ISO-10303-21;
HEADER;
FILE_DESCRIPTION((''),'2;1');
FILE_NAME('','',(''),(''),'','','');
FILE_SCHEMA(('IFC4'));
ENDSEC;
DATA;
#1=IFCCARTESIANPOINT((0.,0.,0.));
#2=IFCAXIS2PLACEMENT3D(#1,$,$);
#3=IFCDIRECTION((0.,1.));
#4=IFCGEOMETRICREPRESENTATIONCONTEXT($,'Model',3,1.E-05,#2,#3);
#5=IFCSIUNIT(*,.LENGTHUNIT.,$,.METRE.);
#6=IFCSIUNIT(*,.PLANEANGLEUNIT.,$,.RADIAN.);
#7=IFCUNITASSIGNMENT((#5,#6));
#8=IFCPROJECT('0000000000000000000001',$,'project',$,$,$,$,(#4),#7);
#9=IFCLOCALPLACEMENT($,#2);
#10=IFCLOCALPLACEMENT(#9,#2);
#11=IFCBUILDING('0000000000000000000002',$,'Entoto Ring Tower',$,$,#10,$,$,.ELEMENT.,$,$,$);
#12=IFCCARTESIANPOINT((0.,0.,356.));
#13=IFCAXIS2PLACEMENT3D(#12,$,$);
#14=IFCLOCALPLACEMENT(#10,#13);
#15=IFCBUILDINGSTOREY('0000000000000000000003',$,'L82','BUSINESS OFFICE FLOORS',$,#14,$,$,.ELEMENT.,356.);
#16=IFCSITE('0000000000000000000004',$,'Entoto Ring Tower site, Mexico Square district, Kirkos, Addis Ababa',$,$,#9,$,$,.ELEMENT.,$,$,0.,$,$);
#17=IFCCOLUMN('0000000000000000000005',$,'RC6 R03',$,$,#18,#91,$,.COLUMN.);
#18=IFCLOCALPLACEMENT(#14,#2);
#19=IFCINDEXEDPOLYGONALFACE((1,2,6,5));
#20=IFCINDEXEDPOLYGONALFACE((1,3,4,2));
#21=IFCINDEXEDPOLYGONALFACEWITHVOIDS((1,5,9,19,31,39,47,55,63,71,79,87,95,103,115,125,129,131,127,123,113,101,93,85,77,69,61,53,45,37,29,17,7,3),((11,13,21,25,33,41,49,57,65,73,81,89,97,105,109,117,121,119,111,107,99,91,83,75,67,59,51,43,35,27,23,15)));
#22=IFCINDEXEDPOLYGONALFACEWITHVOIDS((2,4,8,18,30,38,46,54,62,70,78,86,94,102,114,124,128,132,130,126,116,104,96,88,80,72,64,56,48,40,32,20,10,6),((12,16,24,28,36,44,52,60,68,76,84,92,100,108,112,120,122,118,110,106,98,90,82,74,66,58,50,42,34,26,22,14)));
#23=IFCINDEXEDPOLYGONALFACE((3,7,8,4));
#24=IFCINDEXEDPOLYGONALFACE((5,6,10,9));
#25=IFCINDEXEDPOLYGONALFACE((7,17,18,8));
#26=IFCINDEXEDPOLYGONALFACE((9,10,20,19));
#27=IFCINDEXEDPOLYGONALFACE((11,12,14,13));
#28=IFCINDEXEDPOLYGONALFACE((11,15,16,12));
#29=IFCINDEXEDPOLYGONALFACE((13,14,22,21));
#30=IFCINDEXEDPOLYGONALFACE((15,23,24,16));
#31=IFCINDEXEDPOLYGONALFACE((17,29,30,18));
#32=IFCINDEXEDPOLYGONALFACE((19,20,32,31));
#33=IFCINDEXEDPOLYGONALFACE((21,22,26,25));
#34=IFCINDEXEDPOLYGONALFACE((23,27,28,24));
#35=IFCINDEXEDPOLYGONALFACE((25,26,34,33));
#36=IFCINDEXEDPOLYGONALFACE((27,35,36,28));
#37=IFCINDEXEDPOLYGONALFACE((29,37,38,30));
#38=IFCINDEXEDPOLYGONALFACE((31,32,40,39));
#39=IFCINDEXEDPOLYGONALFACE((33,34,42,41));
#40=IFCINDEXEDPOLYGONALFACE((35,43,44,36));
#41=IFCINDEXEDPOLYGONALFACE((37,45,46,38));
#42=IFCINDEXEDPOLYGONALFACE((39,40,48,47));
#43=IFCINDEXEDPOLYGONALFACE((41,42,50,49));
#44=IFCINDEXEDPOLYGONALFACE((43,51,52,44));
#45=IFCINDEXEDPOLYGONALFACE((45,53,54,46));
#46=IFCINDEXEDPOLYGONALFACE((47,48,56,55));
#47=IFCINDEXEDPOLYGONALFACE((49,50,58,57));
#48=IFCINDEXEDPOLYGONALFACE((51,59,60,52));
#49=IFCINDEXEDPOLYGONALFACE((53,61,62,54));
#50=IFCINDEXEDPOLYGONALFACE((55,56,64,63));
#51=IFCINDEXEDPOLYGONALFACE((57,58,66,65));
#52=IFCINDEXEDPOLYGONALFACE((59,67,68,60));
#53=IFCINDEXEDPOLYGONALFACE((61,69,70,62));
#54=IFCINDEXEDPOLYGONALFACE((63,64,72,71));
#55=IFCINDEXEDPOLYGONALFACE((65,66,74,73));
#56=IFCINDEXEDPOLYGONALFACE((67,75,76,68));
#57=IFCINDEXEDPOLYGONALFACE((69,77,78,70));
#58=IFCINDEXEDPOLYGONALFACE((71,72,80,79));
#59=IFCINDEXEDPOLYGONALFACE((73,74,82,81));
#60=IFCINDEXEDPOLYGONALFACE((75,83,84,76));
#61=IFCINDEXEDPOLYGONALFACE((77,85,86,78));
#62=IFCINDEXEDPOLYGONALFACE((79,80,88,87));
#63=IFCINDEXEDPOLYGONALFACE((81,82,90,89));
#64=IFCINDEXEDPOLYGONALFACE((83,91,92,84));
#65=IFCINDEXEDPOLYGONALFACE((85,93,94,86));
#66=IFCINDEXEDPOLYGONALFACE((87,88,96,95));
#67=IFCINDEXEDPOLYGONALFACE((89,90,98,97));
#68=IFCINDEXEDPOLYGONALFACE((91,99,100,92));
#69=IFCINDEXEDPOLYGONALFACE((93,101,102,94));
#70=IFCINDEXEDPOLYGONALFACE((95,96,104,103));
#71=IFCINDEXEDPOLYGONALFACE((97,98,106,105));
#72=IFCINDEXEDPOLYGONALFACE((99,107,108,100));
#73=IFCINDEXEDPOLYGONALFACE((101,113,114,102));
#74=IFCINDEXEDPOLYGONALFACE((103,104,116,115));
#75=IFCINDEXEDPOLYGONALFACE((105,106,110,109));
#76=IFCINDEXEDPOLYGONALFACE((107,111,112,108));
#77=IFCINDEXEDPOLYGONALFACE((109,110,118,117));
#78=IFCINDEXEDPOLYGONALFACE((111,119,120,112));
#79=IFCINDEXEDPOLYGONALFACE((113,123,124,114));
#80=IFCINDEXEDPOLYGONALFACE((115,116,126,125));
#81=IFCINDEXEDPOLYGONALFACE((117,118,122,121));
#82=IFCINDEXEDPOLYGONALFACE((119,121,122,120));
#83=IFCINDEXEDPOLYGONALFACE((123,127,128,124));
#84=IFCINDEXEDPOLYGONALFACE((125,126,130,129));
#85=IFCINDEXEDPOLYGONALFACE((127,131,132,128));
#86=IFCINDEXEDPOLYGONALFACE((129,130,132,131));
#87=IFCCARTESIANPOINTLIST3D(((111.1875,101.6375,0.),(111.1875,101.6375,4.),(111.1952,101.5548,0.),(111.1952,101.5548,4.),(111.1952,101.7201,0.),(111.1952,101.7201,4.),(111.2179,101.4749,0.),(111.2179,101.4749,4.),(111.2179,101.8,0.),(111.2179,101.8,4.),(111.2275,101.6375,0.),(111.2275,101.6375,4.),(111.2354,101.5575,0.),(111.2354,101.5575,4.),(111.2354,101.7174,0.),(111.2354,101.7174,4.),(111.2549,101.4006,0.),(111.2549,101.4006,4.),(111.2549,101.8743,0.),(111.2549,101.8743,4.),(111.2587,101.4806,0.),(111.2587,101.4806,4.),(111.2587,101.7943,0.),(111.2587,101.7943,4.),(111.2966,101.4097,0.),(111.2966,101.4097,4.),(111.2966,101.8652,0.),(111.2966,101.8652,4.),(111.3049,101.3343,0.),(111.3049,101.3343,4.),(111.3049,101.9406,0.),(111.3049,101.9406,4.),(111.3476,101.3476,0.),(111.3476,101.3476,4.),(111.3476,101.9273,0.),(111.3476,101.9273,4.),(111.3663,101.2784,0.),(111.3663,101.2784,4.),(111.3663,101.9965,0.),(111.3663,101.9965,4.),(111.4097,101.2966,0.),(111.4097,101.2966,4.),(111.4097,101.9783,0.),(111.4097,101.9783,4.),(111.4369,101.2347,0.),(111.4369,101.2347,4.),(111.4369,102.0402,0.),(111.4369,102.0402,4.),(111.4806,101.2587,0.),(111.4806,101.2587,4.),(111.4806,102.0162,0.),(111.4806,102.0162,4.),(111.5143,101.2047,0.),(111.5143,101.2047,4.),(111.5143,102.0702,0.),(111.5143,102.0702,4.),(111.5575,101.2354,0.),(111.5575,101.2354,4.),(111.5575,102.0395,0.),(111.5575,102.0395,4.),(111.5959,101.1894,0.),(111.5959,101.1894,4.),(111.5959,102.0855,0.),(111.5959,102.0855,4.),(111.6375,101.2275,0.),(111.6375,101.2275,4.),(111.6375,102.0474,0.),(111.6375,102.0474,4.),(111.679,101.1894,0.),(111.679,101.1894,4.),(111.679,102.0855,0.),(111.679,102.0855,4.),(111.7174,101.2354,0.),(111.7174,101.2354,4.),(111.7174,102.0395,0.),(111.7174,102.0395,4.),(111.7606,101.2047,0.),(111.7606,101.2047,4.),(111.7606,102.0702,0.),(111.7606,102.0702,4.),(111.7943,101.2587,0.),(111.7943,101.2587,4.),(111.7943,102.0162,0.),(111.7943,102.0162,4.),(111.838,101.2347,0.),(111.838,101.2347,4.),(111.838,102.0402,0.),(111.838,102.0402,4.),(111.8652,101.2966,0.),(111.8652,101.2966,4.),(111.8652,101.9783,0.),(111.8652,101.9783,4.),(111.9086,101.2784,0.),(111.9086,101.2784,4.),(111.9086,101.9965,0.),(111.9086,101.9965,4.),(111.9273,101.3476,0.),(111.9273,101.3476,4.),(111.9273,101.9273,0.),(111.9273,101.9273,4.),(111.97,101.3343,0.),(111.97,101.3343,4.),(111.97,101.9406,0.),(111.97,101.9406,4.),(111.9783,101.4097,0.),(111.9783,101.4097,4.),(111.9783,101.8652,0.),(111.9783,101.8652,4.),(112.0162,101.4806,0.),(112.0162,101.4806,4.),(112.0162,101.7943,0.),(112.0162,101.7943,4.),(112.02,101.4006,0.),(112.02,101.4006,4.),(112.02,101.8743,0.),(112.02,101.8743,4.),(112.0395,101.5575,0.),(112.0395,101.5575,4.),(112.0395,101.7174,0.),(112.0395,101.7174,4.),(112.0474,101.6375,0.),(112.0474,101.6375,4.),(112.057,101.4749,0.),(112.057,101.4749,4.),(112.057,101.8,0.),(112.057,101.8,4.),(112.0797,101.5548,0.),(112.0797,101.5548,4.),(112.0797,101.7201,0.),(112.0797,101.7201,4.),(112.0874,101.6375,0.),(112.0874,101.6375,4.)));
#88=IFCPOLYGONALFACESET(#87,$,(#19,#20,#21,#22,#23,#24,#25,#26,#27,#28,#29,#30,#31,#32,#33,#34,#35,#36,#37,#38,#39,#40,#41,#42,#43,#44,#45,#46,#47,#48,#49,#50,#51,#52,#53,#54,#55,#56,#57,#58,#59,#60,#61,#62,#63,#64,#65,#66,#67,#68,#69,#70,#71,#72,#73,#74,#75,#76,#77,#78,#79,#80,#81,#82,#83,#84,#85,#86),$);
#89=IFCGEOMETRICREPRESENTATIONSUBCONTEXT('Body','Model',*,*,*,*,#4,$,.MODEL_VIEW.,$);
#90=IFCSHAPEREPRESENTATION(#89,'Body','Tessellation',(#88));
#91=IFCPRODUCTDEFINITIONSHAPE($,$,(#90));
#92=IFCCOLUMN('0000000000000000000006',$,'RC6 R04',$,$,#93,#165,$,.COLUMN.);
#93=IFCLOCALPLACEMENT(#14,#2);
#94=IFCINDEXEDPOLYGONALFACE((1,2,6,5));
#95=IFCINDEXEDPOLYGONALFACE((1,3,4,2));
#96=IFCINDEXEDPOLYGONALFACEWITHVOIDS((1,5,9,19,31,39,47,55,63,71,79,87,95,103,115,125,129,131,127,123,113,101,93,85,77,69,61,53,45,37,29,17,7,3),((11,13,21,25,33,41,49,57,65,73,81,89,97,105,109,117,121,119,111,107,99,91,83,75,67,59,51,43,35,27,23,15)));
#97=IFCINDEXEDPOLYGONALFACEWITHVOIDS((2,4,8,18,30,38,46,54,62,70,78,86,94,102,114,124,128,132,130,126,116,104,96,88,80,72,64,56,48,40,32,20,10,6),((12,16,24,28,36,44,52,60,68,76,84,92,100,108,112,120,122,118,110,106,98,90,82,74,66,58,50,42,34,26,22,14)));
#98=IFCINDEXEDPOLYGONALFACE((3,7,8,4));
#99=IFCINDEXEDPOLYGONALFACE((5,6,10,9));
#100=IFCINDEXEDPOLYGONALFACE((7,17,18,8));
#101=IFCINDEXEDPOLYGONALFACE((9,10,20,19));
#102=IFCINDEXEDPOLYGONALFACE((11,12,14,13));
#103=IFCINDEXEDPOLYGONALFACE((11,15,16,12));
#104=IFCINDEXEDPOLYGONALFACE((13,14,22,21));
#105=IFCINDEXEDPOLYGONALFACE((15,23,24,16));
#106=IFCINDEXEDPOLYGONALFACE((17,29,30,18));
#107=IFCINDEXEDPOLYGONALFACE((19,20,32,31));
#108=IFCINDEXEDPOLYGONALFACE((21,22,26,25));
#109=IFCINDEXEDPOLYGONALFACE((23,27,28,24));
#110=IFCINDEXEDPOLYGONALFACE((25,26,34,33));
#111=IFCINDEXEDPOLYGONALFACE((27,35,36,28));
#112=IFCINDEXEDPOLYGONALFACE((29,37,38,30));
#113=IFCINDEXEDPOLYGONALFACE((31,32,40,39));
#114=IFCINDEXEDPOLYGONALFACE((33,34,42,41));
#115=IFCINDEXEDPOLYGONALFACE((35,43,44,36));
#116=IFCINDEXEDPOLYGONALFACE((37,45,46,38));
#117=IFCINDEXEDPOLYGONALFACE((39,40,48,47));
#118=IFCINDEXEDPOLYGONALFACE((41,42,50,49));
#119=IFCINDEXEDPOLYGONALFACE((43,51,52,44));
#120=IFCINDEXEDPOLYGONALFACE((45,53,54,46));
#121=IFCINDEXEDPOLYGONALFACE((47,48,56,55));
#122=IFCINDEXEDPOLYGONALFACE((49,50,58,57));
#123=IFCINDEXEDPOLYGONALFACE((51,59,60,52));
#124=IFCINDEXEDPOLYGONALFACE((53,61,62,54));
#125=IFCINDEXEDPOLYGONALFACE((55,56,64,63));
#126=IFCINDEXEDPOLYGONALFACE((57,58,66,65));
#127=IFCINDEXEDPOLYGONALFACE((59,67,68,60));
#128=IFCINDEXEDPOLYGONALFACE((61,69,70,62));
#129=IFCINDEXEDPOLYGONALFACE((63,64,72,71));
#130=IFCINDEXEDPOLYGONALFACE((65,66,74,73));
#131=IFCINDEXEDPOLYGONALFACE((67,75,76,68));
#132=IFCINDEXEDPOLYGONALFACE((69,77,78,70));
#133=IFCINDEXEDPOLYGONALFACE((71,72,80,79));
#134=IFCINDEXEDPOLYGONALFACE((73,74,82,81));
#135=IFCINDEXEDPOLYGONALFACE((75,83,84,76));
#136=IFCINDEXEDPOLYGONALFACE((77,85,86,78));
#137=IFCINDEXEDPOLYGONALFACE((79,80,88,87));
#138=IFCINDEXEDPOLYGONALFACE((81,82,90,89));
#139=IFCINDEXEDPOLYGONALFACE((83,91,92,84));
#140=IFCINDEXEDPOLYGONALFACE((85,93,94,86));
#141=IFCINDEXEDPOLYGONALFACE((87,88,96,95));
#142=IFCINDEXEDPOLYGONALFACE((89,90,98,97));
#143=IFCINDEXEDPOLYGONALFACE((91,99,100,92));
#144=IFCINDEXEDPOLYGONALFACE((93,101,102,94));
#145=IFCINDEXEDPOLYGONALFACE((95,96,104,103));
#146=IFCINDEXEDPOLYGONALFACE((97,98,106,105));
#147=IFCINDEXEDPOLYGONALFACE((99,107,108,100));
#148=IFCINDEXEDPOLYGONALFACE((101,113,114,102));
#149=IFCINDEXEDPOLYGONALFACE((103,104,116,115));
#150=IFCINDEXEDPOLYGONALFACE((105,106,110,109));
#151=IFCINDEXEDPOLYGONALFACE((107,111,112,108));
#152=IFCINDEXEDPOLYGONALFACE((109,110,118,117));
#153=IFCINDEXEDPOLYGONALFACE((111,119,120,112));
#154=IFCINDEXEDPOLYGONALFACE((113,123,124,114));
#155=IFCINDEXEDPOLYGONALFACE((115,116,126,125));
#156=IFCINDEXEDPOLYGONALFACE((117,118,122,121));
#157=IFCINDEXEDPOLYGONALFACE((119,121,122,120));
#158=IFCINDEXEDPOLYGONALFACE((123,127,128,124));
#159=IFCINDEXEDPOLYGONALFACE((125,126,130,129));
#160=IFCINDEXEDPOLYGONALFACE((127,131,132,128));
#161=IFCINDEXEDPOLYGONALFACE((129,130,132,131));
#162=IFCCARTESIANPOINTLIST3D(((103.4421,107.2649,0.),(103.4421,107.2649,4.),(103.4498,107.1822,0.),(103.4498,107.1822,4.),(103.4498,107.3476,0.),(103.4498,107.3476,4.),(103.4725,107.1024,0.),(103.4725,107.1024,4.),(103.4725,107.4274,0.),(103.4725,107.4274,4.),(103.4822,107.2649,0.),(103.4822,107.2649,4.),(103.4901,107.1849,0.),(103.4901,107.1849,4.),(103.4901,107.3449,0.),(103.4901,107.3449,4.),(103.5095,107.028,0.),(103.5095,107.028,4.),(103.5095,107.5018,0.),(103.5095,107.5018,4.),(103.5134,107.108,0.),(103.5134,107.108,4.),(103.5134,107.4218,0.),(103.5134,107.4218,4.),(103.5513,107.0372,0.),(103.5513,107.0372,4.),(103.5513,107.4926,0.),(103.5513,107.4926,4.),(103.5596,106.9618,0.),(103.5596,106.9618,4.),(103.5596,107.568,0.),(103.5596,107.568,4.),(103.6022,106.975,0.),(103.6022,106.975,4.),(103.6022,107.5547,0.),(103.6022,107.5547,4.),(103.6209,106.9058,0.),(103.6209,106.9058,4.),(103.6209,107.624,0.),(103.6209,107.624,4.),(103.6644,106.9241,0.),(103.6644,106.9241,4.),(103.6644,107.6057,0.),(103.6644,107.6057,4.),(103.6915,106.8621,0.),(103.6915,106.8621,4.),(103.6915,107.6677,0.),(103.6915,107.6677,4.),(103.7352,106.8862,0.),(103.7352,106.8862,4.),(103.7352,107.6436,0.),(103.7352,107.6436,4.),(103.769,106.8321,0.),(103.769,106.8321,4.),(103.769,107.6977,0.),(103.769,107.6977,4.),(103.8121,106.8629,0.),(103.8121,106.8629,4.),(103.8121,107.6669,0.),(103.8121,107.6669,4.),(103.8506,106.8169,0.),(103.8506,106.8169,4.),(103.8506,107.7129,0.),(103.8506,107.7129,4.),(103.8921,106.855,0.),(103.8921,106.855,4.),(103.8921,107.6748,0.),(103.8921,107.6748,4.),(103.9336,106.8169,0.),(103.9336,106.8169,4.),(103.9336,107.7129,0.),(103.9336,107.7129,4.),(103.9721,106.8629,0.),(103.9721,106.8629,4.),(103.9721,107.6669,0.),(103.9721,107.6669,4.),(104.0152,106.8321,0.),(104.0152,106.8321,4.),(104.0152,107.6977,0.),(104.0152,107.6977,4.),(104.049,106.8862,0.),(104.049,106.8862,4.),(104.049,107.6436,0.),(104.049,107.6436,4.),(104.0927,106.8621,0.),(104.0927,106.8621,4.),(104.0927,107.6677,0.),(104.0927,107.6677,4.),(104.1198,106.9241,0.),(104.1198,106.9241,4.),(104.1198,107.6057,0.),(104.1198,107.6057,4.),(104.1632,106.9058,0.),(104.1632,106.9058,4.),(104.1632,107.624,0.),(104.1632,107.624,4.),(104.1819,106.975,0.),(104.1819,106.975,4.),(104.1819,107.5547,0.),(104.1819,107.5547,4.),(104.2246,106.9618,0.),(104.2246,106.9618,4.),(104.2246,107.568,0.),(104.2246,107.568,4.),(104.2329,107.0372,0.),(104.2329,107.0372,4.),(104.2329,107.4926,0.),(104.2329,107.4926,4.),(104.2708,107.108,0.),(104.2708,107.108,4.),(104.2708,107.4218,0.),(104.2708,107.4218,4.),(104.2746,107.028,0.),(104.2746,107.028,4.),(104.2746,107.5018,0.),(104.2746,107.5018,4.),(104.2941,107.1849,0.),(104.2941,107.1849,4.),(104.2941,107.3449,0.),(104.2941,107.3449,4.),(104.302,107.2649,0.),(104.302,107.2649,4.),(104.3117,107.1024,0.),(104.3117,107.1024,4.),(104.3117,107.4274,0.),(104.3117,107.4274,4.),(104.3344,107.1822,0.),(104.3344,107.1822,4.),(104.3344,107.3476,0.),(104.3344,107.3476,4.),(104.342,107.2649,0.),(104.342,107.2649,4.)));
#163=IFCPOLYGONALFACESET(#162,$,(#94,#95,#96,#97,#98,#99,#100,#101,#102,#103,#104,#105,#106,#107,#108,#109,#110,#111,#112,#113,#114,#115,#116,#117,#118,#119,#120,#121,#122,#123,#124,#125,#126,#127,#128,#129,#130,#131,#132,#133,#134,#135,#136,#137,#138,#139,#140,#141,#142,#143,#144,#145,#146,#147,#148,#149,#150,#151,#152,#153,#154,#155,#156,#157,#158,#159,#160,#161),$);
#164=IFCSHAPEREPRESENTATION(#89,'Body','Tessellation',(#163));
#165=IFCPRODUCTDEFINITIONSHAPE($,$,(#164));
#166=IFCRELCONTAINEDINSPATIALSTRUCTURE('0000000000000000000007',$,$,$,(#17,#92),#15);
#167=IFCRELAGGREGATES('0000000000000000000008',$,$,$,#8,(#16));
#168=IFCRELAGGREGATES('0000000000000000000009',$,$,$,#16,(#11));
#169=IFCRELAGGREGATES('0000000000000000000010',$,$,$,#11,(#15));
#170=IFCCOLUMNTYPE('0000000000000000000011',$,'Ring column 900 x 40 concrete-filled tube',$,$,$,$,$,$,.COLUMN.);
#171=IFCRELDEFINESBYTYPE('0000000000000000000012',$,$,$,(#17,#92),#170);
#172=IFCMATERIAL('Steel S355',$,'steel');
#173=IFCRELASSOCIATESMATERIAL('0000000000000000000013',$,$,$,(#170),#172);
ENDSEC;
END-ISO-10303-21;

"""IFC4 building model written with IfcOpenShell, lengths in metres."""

from ifc_helpers import new_model, si_unit, direction, frame, origin, origin_2d, place, context, subcontext, project, spatial, circle, hollow_circle, extrude, material, material_profile, profile_set, type_object, element, save


model = new_model("IFC4")

# Units and contexts
model_context = context("Model", 3, precision=1e-05, world=origin(), true_north=direction((0.0, 1.0)))
body_context = subcontext(model_context, "Body", "Model", "MODEL_VIEW")
ifc_project = project(units=[si_unit("LENGTHUNIT", "METRE"), si_unit("PLANEANGLEUNIT", "RADIAN")], contexts=[model_context])

# Site, building, storey
site_placement = place(None, origin())
site = spatial("IfcSite", under=ifc_project, at=site_placement, Name="Entoto Ring Tower site, Mexico Square district, Kirkos, Addis Ababa", CompositionType="ELEMENT", RefElevation=0.0)
building_placement = place(site_placement, origin())
building = spatial("IfcBuilding", under=site, at=building_placement, Name="Entoto Ring Tower", CompositionType="ELEMENT")
storey_placement = place(building_placement, frame((0.0, 0.0, 356.0)))
storey = spatial("IfcBuildingStorey", under=building, at=storey_placement, Name="L82", Description="BUSINESS OFFICE FLOORS", CompositionType="ELEMENT", Elevation=356.0)

# Columns
ifc_material_1 = material(Name="Steel S355", Category="steel")
ifc_material_profile_1 = material_profile(ifc_material_1, hollow_circle(Radius=0.45, WallThickness=0.04, at=origin_2d()), Name="CHS 900 x 40")
ifc_material_2 = material(Name="Concrete C60/75", Category="concrete")
ifc_material_profile_2 = material_profile(ifc_material_2, circle(Radius=0.4099, at=origin_2d()), Name="Concrete C60/75 infill")
ifc_profile_set_1 = profile_set([ifc_material_profile_1, ifc_material_profile_2], Name="Steel S355")
column_type = type_object("IfcColumnType", Name="Ring column 900 x 40 concrete-filled tube", PredefinedType="COLUMN", material=ifc_profile_set_1)
for number, where, z_axis, x_axis, name in (
    (1, (111.6375, 101.6375, 0.0), (0.0, 0.0, 1.0), (1.0, 0.0, 0.0), "RC6 R03"),
    (2, (103.8921, 107.2649, 0.0), (0.0, 0.0, 1.0), (1.0, 0.0, 0.0), "RC6 R04"),
):
    element("IfcColumn", number, at=place(storey_placement, frame(where, z_axis=z_axis, x_axis=x_axis)), inside=storey, type_object=column_type, Name=name, PredefinedType="COLUMN", context=body_context, shape_type="SweptSolid", body=[
        extrude(hollow_circle(Radius=0.45, WallThickness=0.04, at=origin_2d()), origin(), (0.0, 0.0, 1.0), 4.0),
    ])

save(model, "model.ifc")
